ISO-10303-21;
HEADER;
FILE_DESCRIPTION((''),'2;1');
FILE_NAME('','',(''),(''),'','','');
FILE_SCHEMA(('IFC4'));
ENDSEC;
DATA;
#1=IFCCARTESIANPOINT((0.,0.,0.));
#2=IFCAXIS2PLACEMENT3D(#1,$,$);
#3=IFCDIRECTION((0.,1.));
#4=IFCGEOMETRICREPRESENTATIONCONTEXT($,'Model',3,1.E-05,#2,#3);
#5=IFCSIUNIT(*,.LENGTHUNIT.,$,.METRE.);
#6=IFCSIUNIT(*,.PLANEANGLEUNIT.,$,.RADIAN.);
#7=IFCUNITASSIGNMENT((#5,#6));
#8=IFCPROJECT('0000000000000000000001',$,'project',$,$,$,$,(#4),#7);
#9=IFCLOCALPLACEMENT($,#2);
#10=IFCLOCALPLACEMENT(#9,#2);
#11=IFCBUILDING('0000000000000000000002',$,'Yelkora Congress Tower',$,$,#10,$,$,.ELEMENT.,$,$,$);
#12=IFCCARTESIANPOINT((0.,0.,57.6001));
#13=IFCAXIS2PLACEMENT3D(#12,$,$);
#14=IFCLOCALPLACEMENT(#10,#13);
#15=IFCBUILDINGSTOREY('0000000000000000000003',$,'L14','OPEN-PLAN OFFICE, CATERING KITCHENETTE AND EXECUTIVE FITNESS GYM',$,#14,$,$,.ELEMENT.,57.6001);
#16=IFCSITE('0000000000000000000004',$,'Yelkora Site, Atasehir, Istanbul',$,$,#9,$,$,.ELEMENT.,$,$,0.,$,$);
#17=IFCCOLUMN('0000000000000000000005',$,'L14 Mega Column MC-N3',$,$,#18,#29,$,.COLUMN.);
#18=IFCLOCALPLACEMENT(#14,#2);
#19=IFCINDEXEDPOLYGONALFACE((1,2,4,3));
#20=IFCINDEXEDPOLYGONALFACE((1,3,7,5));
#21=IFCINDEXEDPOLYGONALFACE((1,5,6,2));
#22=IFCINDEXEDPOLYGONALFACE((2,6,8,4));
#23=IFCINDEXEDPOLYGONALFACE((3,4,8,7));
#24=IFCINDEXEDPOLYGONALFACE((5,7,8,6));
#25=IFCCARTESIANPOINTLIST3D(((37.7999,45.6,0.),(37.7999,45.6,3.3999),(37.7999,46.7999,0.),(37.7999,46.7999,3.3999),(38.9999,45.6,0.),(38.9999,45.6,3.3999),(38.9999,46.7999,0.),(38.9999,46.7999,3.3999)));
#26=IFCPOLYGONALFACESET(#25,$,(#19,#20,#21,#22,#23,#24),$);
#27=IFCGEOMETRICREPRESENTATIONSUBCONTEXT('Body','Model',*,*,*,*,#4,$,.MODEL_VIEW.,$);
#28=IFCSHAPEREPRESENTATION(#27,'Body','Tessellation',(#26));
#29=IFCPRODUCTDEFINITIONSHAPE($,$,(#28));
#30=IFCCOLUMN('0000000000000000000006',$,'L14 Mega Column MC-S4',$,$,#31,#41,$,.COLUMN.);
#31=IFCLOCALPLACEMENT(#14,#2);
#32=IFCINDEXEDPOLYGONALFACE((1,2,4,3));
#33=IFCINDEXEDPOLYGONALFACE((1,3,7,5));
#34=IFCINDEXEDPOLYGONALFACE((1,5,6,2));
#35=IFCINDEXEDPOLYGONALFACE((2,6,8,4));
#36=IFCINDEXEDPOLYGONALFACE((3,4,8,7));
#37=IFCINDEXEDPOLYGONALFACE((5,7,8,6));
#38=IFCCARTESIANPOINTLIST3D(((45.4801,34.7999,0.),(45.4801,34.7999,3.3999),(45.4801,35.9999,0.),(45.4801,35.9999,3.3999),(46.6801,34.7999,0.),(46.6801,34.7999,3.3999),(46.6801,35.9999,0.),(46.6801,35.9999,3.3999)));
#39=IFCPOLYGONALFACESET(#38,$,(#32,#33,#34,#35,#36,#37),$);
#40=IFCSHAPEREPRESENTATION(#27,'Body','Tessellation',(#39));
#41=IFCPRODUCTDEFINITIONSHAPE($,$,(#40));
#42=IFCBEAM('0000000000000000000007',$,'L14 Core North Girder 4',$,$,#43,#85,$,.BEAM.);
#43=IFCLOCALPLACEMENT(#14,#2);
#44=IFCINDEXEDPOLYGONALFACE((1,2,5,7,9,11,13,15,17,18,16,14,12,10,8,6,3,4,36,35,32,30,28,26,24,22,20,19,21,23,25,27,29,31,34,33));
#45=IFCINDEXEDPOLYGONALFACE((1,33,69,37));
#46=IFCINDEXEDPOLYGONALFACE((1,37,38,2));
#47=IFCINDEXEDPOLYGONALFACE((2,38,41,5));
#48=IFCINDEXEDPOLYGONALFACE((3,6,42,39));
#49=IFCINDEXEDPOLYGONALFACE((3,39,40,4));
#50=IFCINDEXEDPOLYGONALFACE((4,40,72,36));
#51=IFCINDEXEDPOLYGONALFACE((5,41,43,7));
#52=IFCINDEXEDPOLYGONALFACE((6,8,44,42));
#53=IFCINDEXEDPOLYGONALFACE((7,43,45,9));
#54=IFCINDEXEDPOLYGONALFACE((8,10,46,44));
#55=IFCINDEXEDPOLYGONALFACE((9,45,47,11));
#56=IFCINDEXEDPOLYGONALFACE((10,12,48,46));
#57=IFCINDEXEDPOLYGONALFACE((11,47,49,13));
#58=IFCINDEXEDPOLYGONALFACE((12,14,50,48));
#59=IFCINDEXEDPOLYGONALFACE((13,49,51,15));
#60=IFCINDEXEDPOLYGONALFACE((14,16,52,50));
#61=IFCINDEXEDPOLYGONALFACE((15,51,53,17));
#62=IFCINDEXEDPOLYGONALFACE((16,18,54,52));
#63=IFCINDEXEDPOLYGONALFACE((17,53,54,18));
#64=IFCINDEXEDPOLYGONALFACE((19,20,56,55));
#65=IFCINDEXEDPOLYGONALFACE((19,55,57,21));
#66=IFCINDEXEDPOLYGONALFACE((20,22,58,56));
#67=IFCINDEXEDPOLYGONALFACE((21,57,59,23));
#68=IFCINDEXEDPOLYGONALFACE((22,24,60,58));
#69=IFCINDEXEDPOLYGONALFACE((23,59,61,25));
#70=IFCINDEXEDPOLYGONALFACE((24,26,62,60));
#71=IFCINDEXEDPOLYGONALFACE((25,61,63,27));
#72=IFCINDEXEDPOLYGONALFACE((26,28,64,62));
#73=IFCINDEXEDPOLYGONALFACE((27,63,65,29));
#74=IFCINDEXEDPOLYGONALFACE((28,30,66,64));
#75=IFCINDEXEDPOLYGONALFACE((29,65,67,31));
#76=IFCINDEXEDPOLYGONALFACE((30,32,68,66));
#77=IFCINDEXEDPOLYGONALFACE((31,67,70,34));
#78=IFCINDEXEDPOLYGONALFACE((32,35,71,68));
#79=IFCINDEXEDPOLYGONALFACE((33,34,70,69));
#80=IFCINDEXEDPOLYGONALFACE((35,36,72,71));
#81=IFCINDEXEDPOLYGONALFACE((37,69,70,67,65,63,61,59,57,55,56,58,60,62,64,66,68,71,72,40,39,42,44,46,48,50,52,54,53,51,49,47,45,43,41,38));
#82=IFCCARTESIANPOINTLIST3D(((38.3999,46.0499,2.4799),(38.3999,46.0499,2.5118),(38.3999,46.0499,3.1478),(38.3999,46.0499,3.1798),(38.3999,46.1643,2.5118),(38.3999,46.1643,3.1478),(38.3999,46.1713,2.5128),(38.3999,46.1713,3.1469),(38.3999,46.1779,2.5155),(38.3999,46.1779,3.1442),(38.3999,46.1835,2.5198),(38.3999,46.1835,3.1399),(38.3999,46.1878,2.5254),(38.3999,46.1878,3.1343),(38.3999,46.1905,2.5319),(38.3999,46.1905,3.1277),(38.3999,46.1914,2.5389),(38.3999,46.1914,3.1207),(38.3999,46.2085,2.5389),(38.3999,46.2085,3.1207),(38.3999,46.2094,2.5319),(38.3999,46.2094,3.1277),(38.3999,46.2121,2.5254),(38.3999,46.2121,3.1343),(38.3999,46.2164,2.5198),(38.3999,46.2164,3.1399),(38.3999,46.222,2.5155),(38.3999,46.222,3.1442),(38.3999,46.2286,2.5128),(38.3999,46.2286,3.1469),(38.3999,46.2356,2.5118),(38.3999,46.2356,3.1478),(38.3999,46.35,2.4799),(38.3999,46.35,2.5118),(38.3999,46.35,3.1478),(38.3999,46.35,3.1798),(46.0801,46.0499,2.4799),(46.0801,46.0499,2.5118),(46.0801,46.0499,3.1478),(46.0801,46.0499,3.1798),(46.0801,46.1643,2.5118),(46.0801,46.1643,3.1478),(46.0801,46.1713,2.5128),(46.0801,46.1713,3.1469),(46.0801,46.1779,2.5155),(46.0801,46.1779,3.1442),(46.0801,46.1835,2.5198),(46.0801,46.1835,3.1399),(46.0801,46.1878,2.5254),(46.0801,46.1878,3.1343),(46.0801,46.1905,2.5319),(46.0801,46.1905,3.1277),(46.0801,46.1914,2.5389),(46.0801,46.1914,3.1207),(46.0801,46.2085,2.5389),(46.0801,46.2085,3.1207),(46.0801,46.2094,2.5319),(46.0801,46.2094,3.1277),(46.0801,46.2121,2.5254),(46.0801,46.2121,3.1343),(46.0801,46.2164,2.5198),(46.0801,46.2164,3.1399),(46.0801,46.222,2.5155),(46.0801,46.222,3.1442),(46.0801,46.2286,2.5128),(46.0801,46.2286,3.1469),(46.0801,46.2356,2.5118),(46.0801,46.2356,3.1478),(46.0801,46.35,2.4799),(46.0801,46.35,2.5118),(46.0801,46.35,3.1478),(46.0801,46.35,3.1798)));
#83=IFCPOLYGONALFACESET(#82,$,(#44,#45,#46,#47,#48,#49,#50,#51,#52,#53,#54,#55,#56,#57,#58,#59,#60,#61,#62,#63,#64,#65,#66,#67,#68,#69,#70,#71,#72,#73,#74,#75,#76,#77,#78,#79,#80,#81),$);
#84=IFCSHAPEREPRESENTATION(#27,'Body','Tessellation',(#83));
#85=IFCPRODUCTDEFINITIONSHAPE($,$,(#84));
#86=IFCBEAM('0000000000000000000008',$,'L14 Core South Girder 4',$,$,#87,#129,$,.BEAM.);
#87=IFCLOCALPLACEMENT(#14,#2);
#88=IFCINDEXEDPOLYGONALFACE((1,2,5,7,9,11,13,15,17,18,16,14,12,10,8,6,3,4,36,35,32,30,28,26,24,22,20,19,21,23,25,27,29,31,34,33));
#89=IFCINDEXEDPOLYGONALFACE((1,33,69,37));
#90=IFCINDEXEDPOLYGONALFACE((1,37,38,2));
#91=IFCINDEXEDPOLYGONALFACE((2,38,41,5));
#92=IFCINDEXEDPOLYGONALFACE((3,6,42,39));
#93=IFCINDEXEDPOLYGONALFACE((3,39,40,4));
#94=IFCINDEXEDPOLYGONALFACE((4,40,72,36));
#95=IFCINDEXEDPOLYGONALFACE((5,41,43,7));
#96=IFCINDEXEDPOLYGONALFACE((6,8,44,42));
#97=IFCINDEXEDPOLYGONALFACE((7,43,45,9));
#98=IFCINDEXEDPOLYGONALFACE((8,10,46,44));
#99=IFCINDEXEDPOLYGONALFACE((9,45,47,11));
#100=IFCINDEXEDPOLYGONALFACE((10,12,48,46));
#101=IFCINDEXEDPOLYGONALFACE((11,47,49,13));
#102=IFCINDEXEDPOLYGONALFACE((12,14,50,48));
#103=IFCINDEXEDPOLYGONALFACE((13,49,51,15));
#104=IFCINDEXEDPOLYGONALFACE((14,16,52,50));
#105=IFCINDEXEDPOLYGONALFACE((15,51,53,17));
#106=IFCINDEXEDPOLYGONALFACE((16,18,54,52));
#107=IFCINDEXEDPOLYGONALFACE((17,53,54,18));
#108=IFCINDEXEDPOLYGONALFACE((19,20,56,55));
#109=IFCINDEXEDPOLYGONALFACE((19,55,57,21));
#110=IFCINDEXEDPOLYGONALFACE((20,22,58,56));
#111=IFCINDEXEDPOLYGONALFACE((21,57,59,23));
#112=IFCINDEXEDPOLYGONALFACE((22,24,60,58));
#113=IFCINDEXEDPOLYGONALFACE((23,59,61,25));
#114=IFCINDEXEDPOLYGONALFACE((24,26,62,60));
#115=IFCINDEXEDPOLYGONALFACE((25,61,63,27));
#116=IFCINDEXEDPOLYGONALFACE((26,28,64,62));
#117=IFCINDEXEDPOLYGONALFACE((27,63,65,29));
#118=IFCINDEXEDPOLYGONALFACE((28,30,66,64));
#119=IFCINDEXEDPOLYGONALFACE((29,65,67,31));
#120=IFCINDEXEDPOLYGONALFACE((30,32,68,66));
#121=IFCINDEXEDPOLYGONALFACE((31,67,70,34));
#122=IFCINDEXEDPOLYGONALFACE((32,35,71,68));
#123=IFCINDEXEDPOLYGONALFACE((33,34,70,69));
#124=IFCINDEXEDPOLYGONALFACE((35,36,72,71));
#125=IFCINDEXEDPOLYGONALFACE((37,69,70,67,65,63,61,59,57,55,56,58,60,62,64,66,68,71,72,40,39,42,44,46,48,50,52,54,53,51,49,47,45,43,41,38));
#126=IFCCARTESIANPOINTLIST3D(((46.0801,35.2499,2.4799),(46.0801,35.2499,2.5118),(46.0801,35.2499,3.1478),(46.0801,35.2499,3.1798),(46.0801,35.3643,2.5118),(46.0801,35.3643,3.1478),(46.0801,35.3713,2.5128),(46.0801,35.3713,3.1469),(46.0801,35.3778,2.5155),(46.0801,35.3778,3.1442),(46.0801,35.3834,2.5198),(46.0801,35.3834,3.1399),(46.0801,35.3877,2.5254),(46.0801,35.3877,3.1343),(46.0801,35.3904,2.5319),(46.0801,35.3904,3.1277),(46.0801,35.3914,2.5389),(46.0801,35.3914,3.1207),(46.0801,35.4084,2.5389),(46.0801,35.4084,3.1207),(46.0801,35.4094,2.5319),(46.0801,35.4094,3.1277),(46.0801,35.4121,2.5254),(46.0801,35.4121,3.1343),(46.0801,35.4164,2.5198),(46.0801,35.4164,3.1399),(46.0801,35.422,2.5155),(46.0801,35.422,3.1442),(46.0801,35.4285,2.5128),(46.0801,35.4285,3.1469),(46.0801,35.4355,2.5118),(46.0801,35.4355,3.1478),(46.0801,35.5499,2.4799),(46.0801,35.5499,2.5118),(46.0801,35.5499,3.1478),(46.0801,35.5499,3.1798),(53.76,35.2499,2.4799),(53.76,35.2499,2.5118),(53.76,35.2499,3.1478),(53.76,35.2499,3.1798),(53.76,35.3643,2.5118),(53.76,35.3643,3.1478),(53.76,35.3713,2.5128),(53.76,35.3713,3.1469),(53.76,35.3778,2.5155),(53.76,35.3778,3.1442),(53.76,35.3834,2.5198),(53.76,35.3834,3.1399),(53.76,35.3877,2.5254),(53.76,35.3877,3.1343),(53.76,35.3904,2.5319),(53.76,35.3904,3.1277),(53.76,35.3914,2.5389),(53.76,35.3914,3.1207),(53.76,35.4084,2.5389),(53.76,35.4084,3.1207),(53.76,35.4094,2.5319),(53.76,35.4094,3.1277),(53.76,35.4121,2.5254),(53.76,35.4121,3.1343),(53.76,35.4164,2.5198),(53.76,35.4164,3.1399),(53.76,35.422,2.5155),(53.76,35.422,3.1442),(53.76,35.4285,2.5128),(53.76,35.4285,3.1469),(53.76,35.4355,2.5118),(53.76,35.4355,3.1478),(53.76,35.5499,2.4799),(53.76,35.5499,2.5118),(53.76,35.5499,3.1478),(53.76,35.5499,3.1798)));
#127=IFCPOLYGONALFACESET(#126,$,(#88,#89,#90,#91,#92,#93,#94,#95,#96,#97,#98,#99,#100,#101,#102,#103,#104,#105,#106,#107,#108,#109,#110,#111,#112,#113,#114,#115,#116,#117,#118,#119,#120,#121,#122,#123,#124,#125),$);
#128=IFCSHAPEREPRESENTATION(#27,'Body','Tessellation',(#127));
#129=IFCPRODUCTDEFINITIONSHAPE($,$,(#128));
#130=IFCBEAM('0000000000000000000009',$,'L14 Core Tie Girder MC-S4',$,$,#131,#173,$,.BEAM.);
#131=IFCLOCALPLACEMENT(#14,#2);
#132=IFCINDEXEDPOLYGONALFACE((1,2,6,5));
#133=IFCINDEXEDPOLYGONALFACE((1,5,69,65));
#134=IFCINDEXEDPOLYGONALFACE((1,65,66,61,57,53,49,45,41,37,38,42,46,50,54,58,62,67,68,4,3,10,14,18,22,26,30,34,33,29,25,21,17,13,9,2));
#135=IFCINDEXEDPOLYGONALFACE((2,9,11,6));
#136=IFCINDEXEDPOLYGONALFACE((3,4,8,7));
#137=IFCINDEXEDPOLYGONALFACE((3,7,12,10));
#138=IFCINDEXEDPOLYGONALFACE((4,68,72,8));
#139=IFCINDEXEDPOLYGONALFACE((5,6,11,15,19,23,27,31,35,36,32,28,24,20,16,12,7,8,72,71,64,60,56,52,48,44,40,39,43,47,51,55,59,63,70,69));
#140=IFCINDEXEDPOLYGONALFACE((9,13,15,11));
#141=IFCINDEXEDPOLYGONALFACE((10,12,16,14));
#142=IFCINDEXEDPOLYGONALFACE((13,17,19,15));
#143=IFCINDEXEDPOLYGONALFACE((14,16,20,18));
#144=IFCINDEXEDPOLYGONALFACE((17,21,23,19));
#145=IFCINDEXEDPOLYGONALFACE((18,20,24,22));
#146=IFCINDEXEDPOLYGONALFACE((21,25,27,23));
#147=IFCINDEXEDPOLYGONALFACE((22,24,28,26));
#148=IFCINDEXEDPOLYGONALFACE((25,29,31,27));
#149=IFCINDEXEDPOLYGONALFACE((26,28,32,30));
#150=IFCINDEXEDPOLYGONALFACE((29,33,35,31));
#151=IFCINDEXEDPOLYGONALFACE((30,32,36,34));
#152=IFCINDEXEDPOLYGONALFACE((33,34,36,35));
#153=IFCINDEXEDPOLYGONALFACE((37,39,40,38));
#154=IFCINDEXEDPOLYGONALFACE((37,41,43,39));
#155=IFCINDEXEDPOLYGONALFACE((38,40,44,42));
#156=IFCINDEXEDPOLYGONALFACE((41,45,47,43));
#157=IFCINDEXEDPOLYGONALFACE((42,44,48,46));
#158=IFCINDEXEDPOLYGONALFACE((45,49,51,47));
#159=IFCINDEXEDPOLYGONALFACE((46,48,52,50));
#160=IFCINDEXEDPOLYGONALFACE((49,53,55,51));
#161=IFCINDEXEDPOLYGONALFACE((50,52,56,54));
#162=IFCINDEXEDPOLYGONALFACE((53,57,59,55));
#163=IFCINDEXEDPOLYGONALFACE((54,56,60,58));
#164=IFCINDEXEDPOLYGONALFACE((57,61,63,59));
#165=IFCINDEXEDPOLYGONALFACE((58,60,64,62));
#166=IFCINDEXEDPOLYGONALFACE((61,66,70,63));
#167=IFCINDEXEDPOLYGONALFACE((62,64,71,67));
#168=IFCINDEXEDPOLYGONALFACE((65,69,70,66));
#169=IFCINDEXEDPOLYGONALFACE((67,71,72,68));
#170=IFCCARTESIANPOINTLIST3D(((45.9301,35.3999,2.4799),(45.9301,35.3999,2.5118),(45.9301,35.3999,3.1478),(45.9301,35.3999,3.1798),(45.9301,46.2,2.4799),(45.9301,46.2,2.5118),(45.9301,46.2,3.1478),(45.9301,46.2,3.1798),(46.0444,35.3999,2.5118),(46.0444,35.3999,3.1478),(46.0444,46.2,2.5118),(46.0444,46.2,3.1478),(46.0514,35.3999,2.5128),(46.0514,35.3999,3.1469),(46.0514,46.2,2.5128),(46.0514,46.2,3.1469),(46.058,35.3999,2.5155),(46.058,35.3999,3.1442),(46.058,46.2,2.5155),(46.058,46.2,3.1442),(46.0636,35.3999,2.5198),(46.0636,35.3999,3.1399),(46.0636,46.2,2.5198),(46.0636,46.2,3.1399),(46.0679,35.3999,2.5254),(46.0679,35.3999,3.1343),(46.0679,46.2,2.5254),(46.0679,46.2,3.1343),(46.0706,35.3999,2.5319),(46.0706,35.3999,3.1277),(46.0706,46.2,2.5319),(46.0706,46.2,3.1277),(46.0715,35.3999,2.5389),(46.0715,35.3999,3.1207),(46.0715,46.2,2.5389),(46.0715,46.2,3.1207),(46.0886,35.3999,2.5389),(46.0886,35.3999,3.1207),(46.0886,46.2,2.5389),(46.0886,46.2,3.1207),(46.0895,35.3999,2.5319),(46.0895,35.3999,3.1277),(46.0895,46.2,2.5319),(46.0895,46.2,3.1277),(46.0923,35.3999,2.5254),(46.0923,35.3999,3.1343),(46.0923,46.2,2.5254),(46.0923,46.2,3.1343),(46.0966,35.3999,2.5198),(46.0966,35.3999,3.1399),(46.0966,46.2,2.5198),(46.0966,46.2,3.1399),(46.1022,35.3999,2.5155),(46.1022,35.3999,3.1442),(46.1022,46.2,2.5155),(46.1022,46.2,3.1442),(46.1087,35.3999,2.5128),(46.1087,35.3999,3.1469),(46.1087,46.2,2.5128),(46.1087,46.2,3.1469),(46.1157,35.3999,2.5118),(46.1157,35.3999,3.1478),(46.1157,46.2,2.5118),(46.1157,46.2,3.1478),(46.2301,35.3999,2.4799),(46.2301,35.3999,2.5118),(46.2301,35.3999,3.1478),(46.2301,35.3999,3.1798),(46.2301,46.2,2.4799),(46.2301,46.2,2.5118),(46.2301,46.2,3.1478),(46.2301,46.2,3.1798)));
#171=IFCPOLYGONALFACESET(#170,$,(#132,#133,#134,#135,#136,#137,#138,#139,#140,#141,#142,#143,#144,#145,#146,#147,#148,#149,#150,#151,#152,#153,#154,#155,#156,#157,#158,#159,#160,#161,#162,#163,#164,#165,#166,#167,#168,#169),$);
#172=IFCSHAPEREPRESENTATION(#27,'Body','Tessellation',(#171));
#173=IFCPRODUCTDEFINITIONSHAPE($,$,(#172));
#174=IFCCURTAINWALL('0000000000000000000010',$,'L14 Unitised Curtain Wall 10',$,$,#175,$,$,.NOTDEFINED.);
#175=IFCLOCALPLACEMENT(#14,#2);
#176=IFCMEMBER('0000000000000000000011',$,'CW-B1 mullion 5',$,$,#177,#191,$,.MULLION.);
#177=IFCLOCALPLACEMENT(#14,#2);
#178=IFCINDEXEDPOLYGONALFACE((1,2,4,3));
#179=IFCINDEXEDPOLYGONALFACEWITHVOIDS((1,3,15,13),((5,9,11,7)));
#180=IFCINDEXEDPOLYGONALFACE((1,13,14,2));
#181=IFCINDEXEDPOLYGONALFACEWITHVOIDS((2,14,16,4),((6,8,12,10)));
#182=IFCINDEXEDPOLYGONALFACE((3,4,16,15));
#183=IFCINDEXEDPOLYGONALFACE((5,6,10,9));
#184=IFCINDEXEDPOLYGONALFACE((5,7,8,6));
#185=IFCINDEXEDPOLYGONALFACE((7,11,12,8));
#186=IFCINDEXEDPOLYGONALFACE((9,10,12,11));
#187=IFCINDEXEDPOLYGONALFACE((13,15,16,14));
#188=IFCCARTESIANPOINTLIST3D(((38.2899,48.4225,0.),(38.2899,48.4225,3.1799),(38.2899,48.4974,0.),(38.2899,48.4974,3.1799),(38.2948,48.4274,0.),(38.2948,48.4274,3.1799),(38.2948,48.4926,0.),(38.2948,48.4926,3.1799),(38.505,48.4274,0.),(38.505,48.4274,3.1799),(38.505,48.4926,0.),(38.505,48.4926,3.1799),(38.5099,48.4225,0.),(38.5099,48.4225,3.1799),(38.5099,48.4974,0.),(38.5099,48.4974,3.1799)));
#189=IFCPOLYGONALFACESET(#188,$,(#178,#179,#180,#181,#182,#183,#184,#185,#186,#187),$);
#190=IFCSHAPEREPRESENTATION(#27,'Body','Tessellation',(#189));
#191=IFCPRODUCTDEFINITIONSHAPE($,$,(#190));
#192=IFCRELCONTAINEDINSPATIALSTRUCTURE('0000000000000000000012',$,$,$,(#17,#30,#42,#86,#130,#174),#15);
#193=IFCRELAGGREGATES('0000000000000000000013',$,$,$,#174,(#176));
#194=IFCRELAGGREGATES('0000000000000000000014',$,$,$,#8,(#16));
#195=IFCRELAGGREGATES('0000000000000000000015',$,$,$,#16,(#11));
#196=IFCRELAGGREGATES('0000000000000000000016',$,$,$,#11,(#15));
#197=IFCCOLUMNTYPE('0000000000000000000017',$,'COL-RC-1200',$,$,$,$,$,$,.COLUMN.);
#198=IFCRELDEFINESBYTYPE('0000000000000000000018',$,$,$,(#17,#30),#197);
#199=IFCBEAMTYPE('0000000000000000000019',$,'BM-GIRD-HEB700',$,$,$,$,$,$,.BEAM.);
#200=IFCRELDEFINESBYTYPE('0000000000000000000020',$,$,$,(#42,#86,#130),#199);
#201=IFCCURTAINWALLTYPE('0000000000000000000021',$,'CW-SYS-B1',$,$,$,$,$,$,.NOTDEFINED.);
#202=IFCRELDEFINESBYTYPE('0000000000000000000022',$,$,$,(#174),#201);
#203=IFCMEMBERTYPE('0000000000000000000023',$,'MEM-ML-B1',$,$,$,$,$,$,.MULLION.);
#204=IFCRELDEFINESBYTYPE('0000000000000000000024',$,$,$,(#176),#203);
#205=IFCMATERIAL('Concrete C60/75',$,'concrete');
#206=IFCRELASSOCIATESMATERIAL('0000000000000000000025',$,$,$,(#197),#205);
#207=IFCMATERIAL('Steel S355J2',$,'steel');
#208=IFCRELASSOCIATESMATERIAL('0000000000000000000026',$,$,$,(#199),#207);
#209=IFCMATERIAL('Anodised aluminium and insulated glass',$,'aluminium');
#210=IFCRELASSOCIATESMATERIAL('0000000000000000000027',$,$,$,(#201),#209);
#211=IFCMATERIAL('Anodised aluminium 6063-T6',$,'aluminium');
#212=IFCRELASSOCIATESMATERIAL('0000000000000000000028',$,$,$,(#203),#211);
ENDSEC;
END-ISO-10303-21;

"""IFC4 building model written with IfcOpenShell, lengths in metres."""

from ifc_helpers import new_model, si_unit, direction, frame, origin, origin_2d, place, context, subcontext, project, spatial, rectangle, hollow_rectangle, i_section, extrude, material, material_profile, profile_set, type_object, element, aggregate, save


model = new_model("IFC4")

# Units and contexts
model_context = context("Model", 3, precision=1e-05, world=origin(), true_north=direction((0.0, 1.0)))
body_context = subcontext(model_context, "Body", "Model", "MODEL_VIEW")
ifc_project = project(units=[si_unit("LENGTHUNIT", "METRE"), si_unit("PLANEANGLEUNIT", "RADIAN")], contexts=[model_context])

# Site, building, storey
site_placement = place(None, origin())
site = spatial("IfcSite", under=ifc_project, at=site_placement, Name="Yelkora Site, Atasehir, Istanbul", CompositionType="ELEMENT", RefElevation=0.0)
building_placement = place(site_placement, origin())
building = spatial("IfcBuilding", under=site, at=building_placement, Name="Yelkora Congress Tower", CompositionType="ELEMENT")
storey_placement = place(building_placement, frame((0.0, 0.0, 57.6001)))
storey = spatial("IfcBuildingStorey", under=building, at=storey_placement, Name="L14", Description="OPEN-PLAN OFFICE, CATERING KITCHENETTE AND EXECUTIVE FITNESS GYM", CompositionType="ELEMENT", Elevation=57.6001)

# Columns
ifc_material_1 = material(Name="Concrete C60/75", Category="concrete")
ifc_material_profile_1 = material_profile(ifc_material_1, rectangle(XDim=1.2, YDim=1.2, at=origin_2d()), Name="RC 1200x1200")
ifc_profile_set_1 = profile_set([ifc_material_profile_1], Name="Concrete C60/75")
column_type = type_object("IfcColumnType", Name="COL-RC-1200", PredefinedType="COLUMN", material=ifc_profile_set_1)
for number, where, z_axis, x_axis, name in (
    (1, (38.3999, 46.2, 0.0), (0.0, 0.0, 1.0), (1.0, 0.0, 0.0), "L14 Mega Column MC-N3"),
    (2, (46.0801, 35.3999, 0.0), (0.0, 0.0, 1.0), (1.0, 0.0, 0.0), "L14 Mega Column MC-S4"),
):
    element("IfcColumn", number, at=place(storey_placement, frame(where, z_axis=z_axis, x_axis=x_axis)), inside=storey, type_object=column_type, Name=name, PredefinedType="COLUMN", context=body_context, shape_type="SweptSolid", body=[
        extrude(rectangle(XDim=1.2, YDim=1.2, at=origin_2d()), origin(), (0.0, 0.0, 1.0), 3.3999),
    ])

# Beams
ifc_material_2 = material(Name="Steel S355J2", Category="steel")
ifc_material_profile_2 = material_profile(ifc_material_2, i_section(OverallWidth=0.3, OverallDepth=0.7, WebThickness=0.0171, FlangeThickness=0.032, FilletRadius=0.0271, at=origin_2d()), Name="HEB 700")
ifc_profile_set_2 = profile_set([ifc_material_profile_2], Name="Steel S355J2")
beam_type = type_object("IfcBeamType", Name="BM-GIRD-HEB700", PredefinedType="BEAM", material=ifc_profile_set_2)
beam_1_placement = place(storey_placement, frame((38.3999, 46.2, 2.8298), z_axis=(1.0, 0.0, 0.0), x_axis=(0.0, 1.0, 0.0)))
element("IfcBeam", 3, at=beam_1_placement, inside=storey, type_object=beam_type, Name="L14 Core North Girder 4", PredefinedType="BEAM", context=body_context, shape_type="SweptSolid", body=[
    extrude(i_section(OverallWidth=0.3, OverallDepth=0.7, WebThickness=0.0171, FlangeThickness=0.032, FilletRadius=0.0271, at=origin_2d()), origin(), (0.0, 0.0, 1.0), 7.6802),
])
beam_2_placement = place(storey_placement, frame((46.0801, 35.3999, 2.8298), z_axis=(1.0, 0.0, 0.0), x_axis=(0.0, 1.0, 0.0)))
element("IfcBeam", 4, at=beam_2_placement, inside=storey, type_object=beam_type, Name="L14 Core South Girder 4", PredefinedType="BEAM", context=body_context, shape_type="SweptSolid", body=[
    extrude(i_section(OverallWidth=0.3, OverallDepth=0.7, WebThickness=0.0171, FlangeThickness=0.032, FilletRadius=0.0271, at=origin_2d()), origin(), (0.0, 0.0, 1.0), 7.6799),
])
beam_3_placement = place(storey_placement, frame((46.0801, 35.3999, 2.8298), z_axis=(0.0, 1.0, 0.0), x_axis=(-1.0, 0.0, 0.0)))
element("IfcBeam", 5, at=beam_3_placement, inside=storey, type_object=beam_type, Name="L14 Core Tie Girder MC-S4", PredefinedType="BEAM", context=body_context, shape_type="SweptSolid", body=[
    extrude(i_section(OverallWidth=0.3, OverallDepth=0.7, WebThickness=0.0171, FlangeThickness=0.032, FilletRadius=0.0271, at=origin_2d()), origin(), (0.0, 0.0, 1.0), 10.8),
])

# Curtain wall, member
ifc_material_3 = material(Name="Anodised aluminium and insulated glass", Category="aluminium")
curtain_wall_type = type_object("IfcCurtainWallType", Name="CW-SYS-B1", PredefinedType="NOTDEFINED", material=ifc_material_3)
curtain_wall_placement = place(storey_placement, origin())
curtain_wall = element("IfcCurtainWall", 6, at=curtain_wall_placement, inside=storey, type_object=curtain_wall_type, Name="L14 Unitised Curtain Wall 10", PredefinedType="NOTDEFINED")
ifc_material_4 = material(Name="Anodised aluminium 6063-T6", Category="aluminium")
ifc_material_profile_3 = material_profile(ifc_material_4, hollow_rectangle(XDim=0.075, YDim=0.22, WallThickness=0.0049, at=origin_2d()), Name="ALU 75x220x5")
ifc_profile_set_3 = profile_set([ifc_material_profile_3], Name="Anodised aluminium 6063-T6")
member_type_1 = type_object("IfcMemberType", Name="MEM-ML-B1", PredefinedType="MULLION", material=ifc_profile_set_3)
member_1_placement = place(storey_placement, frame((38.3999, 48.46, 0.0), z_axis=(0.0, 0.0, 1.0), x_axis=(0.0, 1.0, 0.0)))
member_1 = element("IfcMember", 7, at=member_1_placement, type_object=member_type_1, Name="CW-B1 mullion 5", PredefinedType="MULLION", context=body_context, shape_type="SweptSolid", body=[
    extrude(hollow_rectangle(XDim=0.075, YDim=0.22, WallThickness=0.0049, at=origin_2d()), origin(), (0.0, 0.0, 1.0), 3.1799),
])
aggregate(curtain_wall, [member_1])

save(model, "model.ifc")
